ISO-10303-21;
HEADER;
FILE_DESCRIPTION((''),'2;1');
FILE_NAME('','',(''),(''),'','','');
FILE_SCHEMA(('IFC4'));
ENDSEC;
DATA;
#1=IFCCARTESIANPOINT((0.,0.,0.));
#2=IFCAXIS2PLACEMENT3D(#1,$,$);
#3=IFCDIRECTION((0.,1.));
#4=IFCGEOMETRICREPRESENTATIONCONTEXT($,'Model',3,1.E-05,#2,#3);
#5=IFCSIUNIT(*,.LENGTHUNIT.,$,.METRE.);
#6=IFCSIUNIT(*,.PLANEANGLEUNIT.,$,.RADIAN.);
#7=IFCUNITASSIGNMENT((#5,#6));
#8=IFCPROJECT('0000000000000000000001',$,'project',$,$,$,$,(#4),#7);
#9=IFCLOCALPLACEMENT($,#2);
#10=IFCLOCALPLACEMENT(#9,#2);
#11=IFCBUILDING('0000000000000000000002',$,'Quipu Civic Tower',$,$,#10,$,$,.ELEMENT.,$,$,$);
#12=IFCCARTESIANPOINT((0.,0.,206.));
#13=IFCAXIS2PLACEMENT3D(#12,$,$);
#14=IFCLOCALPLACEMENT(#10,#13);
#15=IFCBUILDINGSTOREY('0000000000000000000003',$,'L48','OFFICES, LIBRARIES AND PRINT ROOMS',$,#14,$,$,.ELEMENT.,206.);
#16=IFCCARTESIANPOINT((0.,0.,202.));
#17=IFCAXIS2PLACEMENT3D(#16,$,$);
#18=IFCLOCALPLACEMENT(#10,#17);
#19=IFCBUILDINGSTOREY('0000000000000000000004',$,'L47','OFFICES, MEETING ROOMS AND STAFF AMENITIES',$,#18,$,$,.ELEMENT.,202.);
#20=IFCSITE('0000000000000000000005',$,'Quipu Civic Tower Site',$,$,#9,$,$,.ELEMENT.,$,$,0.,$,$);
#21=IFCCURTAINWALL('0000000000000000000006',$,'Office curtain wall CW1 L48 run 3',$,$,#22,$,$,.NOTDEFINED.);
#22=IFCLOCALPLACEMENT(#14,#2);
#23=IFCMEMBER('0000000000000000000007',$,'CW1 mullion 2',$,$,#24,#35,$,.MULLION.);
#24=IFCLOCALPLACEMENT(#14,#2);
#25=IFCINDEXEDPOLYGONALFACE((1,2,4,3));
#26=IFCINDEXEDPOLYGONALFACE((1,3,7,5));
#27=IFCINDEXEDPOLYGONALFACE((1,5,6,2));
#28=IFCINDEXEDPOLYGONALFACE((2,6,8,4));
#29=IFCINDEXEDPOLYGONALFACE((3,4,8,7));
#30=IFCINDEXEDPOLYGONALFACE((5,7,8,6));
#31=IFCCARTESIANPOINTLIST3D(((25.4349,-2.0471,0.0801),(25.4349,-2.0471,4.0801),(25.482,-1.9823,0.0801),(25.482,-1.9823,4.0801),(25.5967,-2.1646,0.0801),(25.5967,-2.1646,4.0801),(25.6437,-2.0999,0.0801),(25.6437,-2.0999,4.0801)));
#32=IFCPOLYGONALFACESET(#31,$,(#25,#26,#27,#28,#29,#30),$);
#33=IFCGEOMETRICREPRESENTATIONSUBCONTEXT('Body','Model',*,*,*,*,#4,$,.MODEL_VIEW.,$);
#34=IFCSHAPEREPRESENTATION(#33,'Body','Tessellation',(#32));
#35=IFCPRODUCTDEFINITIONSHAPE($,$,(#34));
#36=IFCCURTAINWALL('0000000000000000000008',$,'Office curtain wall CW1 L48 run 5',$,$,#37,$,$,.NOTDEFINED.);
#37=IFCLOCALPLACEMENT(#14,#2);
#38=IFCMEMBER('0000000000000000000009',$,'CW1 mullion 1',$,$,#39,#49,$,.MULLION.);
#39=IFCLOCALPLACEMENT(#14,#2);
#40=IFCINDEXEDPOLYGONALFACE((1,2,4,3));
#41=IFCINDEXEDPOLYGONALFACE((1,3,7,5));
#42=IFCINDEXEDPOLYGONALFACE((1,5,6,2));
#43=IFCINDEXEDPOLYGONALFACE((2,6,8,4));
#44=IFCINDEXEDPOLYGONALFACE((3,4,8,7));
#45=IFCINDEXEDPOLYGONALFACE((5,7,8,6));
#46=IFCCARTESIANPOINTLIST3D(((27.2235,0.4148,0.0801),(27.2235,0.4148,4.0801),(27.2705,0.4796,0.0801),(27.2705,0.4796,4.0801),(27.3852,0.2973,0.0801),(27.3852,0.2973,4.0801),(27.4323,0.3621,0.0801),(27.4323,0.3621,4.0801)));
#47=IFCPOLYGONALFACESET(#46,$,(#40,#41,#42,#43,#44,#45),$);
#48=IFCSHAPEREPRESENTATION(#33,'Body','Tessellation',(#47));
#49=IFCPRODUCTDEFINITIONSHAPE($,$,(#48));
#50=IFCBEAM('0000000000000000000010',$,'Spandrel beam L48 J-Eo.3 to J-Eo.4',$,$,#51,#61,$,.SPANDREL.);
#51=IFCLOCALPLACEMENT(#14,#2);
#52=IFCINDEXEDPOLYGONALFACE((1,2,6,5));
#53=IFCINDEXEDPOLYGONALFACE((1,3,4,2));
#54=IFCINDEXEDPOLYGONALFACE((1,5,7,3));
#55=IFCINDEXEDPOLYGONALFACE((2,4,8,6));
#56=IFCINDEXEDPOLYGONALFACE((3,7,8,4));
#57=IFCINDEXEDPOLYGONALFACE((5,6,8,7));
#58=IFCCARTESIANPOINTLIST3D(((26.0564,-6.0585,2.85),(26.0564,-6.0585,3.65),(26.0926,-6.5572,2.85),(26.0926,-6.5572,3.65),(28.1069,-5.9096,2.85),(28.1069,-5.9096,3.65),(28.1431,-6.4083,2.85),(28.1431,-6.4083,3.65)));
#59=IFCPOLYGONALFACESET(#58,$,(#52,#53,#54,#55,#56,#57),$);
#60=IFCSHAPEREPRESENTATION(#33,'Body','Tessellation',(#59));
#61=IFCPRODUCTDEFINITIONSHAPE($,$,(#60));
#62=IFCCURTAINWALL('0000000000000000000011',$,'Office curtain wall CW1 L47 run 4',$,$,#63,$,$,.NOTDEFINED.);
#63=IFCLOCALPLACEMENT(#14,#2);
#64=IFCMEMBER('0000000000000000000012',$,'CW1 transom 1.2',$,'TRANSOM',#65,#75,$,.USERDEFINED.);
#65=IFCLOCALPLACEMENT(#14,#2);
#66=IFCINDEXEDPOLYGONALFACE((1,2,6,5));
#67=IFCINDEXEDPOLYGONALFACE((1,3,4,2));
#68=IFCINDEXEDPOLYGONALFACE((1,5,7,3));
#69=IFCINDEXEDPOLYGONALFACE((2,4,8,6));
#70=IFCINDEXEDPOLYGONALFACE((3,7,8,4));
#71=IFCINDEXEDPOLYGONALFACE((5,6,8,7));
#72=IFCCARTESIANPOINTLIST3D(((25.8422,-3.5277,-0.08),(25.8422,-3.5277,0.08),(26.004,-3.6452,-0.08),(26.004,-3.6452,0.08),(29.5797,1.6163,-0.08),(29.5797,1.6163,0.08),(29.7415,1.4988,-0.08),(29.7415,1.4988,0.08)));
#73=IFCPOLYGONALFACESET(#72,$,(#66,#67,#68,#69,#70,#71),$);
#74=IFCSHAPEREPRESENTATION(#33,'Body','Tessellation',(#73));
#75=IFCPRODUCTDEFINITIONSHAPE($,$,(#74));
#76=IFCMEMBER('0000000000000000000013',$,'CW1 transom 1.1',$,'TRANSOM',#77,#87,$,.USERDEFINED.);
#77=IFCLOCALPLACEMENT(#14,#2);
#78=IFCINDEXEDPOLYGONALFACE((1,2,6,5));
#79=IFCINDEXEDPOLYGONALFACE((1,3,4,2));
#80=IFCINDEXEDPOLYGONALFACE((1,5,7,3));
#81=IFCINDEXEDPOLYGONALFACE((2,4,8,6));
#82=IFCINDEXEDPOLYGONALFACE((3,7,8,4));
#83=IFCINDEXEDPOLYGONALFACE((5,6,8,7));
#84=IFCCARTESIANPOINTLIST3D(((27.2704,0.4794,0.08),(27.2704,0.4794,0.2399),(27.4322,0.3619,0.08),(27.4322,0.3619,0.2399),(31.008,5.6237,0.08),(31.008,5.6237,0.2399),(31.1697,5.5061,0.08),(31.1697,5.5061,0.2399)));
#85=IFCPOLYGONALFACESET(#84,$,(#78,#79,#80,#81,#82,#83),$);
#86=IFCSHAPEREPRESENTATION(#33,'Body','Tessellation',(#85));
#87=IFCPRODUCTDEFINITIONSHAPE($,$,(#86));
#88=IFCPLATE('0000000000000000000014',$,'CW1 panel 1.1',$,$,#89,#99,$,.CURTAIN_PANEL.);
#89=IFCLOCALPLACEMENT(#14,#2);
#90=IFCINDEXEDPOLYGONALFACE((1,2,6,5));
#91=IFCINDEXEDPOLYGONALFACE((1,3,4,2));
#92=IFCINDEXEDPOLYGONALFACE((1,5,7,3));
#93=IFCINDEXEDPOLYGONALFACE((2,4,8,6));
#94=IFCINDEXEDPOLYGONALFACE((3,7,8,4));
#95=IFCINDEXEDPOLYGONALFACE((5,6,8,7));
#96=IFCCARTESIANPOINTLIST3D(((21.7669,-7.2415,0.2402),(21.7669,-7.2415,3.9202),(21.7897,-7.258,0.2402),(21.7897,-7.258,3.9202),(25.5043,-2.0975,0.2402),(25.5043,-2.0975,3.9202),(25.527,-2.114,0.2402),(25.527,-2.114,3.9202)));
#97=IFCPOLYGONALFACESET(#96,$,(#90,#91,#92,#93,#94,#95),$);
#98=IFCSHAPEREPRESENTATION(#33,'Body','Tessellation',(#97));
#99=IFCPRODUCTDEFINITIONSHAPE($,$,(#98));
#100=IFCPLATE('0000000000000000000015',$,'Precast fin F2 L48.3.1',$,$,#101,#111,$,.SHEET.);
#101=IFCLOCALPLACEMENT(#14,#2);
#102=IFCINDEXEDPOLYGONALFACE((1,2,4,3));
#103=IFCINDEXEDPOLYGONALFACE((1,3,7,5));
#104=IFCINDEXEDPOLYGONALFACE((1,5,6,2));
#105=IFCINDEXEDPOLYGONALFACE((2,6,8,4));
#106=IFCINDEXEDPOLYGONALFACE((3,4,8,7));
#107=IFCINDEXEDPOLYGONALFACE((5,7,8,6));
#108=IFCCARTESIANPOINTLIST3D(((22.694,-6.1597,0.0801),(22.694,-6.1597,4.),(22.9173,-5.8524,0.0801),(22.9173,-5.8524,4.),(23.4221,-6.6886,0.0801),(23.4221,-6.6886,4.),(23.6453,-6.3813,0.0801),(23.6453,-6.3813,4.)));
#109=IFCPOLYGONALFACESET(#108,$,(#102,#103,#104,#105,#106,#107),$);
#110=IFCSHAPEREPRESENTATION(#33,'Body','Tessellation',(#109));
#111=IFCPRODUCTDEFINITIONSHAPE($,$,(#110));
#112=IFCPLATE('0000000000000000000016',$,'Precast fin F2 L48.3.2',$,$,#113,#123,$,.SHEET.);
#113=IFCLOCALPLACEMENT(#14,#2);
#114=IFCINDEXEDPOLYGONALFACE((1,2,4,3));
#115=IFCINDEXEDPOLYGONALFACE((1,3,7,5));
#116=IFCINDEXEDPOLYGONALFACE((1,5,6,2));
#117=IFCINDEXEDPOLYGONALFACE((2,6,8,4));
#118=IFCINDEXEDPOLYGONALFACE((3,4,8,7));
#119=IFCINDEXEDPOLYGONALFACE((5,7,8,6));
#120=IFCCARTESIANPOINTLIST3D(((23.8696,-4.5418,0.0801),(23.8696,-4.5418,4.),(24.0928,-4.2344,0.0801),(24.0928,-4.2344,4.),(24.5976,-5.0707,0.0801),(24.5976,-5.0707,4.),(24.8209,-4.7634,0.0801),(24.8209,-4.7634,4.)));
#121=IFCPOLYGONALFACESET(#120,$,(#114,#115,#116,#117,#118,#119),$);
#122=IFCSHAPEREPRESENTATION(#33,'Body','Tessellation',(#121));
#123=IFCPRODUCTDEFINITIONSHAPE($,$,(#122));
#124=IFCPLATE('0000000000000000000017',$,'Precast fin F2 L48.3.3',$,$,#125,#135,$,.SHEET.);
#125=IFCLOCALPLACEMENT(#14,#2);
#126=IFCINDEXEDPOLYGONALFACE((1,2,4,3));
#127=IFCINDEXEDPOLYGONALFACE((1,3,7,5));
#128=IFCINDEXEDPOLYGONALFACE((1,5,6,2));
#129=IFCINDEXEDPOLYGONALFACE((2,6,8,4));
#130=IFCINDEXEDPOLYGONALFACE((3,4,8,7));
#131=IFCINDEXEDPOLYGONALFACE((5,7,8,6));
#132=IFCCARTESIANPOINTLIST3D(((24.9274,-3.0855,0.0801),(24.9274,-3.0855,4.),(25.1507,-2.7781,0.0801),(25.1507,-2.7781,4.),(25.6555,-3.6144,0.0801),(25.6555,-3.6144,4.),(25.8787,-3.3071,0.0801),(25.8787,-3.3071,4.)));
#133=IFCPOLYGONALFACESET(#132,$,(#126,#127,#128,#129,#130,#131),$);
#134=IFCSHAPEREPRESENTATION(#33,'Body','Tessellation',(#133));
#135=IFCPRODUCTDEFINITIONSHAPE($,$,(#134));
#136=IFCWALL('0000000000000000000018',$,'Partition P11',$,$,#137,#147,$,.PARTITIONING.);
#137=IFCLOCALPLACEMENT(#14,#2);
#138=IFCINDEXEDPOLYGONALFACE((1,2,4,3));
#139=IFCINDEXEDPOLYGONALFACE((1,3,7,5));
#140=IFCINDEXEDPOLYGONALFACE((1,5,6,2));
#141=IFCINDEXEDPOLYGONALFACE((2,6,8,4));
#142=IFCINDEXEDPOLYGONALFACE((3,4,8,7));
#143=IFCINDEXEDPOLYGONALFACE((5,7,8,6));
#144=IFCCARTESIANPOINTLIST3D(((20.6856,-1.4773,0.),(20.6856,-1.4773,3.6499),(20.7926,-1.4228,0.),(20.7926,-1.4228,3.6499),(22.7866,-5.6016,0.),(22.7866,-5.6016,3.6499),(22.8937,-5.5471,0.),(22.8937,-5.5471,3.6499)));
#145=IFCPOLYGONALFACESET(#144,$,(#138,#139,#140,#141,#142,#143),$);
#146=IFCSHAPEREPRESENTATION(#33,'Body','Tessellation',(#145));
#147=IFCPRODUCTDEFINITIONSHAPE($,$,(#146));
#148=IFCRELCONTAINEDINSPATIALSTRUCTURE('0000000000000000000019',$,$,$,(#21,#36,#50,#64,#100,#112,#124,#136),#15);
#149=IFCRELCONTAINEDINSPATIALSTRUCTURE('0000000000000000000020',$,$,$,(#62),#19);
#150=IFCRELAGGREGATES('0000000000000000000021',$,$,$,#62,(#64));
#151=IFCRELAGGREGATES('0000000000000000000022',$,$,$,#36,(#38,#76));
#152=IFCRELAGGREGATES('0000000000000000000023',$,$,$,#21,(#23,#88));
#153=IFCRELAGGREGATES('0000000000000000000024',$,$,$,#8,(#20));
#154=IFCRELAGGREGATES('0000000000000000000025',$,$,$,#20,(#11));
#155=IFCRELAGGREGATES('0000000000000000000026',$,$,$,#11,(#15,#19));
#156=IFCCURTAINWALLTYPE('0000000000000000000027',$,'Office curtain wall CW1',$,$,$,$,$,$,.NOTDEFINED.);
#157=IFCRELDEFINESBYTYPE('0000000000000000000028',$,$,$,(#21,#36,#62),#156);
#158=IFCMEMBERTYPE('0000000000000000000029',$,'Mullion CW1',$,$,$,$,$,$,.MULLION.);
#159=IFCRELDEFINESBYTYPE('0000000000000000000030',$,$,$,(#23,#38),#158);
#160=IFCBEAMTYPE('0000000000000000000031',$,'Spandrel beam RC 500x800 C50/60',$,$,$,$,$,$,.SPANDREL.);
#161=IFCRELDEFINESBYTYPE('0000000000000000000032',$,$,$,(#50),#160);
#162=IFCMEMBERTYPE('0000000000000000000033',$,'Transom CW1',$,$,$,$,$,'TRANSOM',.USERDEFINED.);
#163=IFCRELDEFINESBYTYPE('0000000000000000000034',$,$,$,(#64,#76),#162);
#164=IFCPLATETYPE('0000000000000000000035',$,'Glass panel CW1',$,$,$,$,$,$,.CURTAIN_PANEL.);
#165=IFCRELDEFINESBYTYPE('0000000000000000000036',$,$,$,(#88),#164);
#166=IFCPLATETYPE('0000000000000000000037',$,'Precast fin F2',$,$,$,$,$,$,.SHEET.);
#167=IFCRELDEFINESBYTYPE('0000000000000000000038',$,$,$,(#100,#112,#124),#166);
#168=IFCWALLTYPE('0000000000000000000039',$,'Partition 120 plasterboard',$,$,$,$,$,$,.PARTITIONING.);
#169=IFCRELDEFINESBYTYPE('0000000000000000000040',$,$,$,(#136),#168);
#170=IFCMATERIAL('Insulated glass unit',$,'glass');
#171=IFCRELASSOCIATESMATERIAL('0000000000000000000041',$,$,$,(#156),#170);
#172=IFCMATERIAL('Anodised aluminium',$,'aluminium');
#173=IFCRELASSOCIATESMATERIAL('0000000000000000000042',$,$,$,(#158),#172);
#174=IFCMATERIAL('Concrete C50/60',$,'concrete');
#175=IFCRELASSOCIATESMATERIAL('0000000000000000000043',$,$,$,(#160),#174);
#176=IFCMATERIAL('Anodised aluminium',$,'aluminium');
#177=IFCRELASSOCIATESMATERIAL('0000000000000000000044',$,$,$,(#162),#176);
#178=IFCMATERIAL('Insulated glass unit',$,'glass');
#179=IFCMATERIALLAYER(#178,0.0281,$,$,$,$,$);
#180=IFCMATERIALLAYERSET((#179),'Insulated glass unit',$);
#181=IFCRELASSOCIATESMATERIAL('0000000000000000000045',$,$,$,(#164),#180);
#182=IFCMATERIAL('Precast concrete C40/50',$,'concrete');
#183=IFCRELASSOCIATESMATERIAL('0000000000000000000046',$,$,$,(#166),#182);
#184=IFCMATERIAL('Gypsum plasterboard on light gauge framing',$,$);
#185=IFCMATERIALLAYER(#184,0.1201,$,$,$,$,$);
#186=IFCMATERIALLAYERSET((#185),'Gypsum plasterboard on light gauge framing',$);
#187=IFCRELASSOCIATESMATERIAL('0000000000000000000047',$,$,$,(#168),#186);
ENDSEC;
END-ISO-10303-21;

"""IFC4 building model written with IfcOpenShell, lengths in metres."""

from ifc_helpers import new_model, si_unit, direction, frame, frame_2d, origin, origin_2d, place, context, subcontext, project, spatial, rectangle, extrude, material, layer, layer_set, material_profile, profile_set, type_object, element, aggregate, save


model = new_model("IFC4")

# Units and contexts
model_context = context("Model", 3, precision=1e-05, world=origin(), true_north=direction((0.0, 1.0)))
body_context = subcontext(model_context, "Body", "Model", "MODEL_VIEW")
ifc_project = project(units=[si_unit("LENGTHUNIT", "METRE"), si_unit("PLANEANGLEUNIT", "RADIAN")], contexts=[model_context])

# Site, building, storey
site_placement = place(None, origin())
site = spatial("IfcSite", under=ifc_project, at=site_placement, Name="Quipu Civic Tower Site", CompositionType="ELEMENT", RefElevation=0.0)
building_placement = place(site_placement, origin())
building = spatial("IfcBuilding", under=site, at=building_placement, Name="Quipu Civic Tower", CompositionType="ELEMENT")
storey_1_placement = place(building_placement, frame((0.0, 0.0, 206.0)))
storey_1 = spatial("IfcBuildingStorey", under=building, at=storey_1_placement, Name="L48", Description="OFFICES, LIBRARIES AND PRINT ROOMS", CompositionType="ELEMENT", Elevation=206.0)

# Curtain walls, members
ifc_material_1 = material(Name="Insulated glass unit", Category="glass")
curtain_wall_type = type_object("IfcCurtainWallType", Name="Office curtain wall CW1", PredefinedType="NOTDEFINED", material=ifc_material_1)
curtain_wall_1_placement = place(storey_1_placement, origin())
curtain_wall_1 = element("IfcCurtainWall", 1, at=curtain_wall_1_placement, inside=storey_1, type_object=curtain_wall_type, Name="Office curtain wall CW1 L48 run 3", PredefinedType="NOTDEFINED")
ifc_material_2 = material(Name="Anodised aluminium", Category="aluminium")
ifc_material_profile_1 = material_profile(ifc_material_2, rectangle(XDim=0.2, YDim=0.0801, at=origin_2d()), Name="RECT 200x80")
ifc_profile_set_1 = profile_set([ifc_material_profile_1], Name="Anodised aluminium")
member_type_1 = type_object("IfcMemberType", Name="Mullion CW1", PredefinedType="MULLION", material=ifc_profile_set_1)
member_1_placement = place(storey_1_placement, frame((25.5393, -2.0735, 0.0801), z_axis=(0.0, 0.0, 1.0), x_axis=(-0.809019, 0.587783, 0.0)))
member_1 = element("IfcMember", 2, at=member_1_placement, type_object=member_type_1, Name="CW1 mullion 2", PredefinedType="MULLION", context=body_context, shape_type="SweptSolid", body=[
    extrude(rectangle(XDim=0.2, YDim=0.0801, at=origin_2d()), origin(), (0.0, 0.0, 1.0), 4.0),
])
curtain_wall_2_placement = place(storey_1_placement, origin())
curtain_wall_2 = element("IfcCurtainWall", 3, at=curtain_wall_2_placement, inside=storey_1, type_object=curtain_wall_type, Name="Office curtain wall CW1 L48 run 5", PredefinedType="NOTDEFINED")
member_2_placement = place(storey_1_placement, frame((27.3279, 0.3884, 0.0801), z_axis=(0.0, 0.0, 1.0), x_axis=(-0.809022, 0.587778, 0.0)))
member_2 = element("IfcMember", 4, at=member_2_placement, type_object=member_type_1, Name="CW1 mullion 1", PredefinedType="MULLION", context=body_context, shape_type="SweptSolid", body=[
    extrude(rectangle(XDim=0.2, YDim=0.0801, at=origin_2d()), origin(), (0.0, 0.0, 1.0), 4.0),
])

# Beam
ifc_material_3 = material(Name="Concrete C50/60", Category="concrete")
ifc_material_profile_2 = material_profile(ifc_material_3, rectangle(XDim=0.5, YDim=0.8, at=origin_2d()), Name="RC500x800")
ifc_profile_set_2 = profile_set([ifc_material_profile_2], Name="Concrete C50/60")
beam_type = type_object("IfcBeamType", Name="Spandrel beam RC 500x800 C50/60", PredefinedType="SPANDREL", material=ifc_profile_set_2)
beam_placement = place(storey_1_placement, frame((26.0745, -6.3079, 3.25), z_axis=(0.997373, 0.072437, 0.0), x_axis=(-0.072437, 0.997373, 0.0)))
element("IfcBeam", 5, at=beam_placement, inside=storey_1, type_object=beam_type, Name="Spandrel beam L48 J-Eo.3 to J-Eo.4", PredefinedType="SPANDREL", context=body_context, shape_type="SweptSolid", body=[
    extrude(rectangle(XDim=0.5, YDim=0.8, at=origin_2d()), origin(), (0.0, 0.0, 1.0), 2.0559),
])

# Shared definitions
storey_2_placement = place(building_placement, frame((0.0, 0.0, 202.0)))
storey_2 = spatial("IfcBuildingStorey", under=building, at=storey_2_placement, Name="L47", Description="OFFICES, MEETING ROOMS AND STAFF AMENITIES", CompositionType="ELEMENT", Elevation=202.0)

# Curtain wall, member
curtain_wall_3_placement = place(storey_2_placement, origin())
curtain_wall_3 = element("IfcCurtainWall", 6, at=curtain_wall_3_placement, inside=storey_2, type_object=curtain_wall_type, Name="Office curtain wall CW1 L47 run 4", PredefinedType="NOTDEFINED")
ifc_material_4 = material(Name="Anodised aluminium", Category="aluminium")
ifc_material_profile_3 = material_profile(ifc_material_4, rectangle(XDim=0.2, YDim=0.1599, at=origin_2d()), Name="RECT 200x160")
ifc_profile_set_3 = profile_set([ifc_material_profile_3], Name="Anodised aluminium")
member_type_2 = type_object("IfcMemberType", Name="Transom CW1", ElementType="TRANSOM", PredefinedType="USERDEFINED", material=ifc_profile_set_3)
member_3_placement = place(storey_1_placement, frame((25.9231, -3.5864, 0.0), z_axis=(0.587804, 0.809003, 0.0), x_axis=(-0.809003, 0.587804, 0.0)))
member_3 = element("IfcMember", 7, at=member_3_placement, inside=storey_1, type_object=member_type_2, Name="CW1 transom 1.2", ObjectType="TRANSOM", PredefinedType="USERDEFINED", context=body_context, shape_type="SweptSolid", body=[
    extrude(rectangle(XDim=0.2, YDim=0.1599, at=origin_2d()), origin(), (0.0, 0.0, 1.0), 6.3584),
])
aggregate(curtain_wall_3, [member_3])

# Member
member_4_placement = place(storey_1_placement, frame((27.3513, 0.4207, 0.1599), z_axis=(0.587786, 0.809017, 0.0), x_axis=(-0.809017, 0.587786, 0.0)))
member_4 = element("IfcMember", 8, at=member_4_placement, type_object=member_type_2, Name="CW1 transom 1.1", ObjectType="TRANSOM", PredefinedType="USERDEFINED", context=body_context, shape_type="SweptSolid", body=[
    extrude(rectangle(XDim=0.2, YDim=0.1599, at=origin_2d()), origin(), (0.0, 0.0, 1.0), 6.3586),
])
aggregate(curtain_wall_2, [member_2, member_4])

# Plate
ifc_material_5 = material(Name="Insulated glass unit", Category="glass")
ifc_layer_1 = layer(ifc_material_5, 0.0281)
ifc_layer_set_1 = layer_set([ifc_layer_1], Name="Insulated glass unit")
plate_type_1 = type_object("IfcPlateType", Name="Glass panel CW1", PredefinedType="CURTAIN_PANEL", material=ifc_layer_set_1)
plate_placement = place(storey_1_placement, frame((23.647, -4.6777, 0.2402), z_axis=(0.0, 0.0, 1.0), x_axis=(0.587783, 0.809019, 0.0)))
plate = element("IfcPlate", 9, at=plate_placement, type_object=plate_type_1, Name="CW1 panel 1.1", PredefinedType="CURTAIN_PANEL", context=body_context, shape_type="SweptSolid", body=[
    extrude(rectangle(XDim=6.3584, YDim=0.0281, at=origin_2d()), origin(), (0.0, 0.0, 1.0), 3.6799),
])
aggregate(curtain_wall_1, [member_1, plate])

# Plates
ifc_material_6 = material(Name="Precast concrete C40/50", Category="concrete")
plate_type_2 = type_object("IfcPlateType", Name="Precast fin F2", PredefinedType="SHEET", material=ifc_material_6)
for number, where, z_axis, x_axis, name in (
    (10, (23.1697, -6.2705, 0.0801), (0.0, 0.0, 1.0), (0.587784, 0.809018, 0.0), "Precast fin F2 L48.3.1"),
    (11, (24.3452, -4.6526, 0.0801), (0.0, 0.0, 1.0), (0.587784, 0.809018, 0.0), "Precast fin F2 L48.3.2"),
    (12, (25.4031, -3.1963, 0.0801), (0.0, 0.0, 1.0), (0.587784, 0.809018, 0.0), "Precast fin F2 L48.3.3"),
):
    element("IfcPlate", number, at=place(storey_1_placement, frame(where, z_axis=z_axis, x_axis=x_axis)), inside=storey_1, type_object=plate_type_2, Name=name, PredefinedType="SHEET", context=body_context, shape_type="SweptSolid", body=[
        extrude(rectangle(XDim=0.3799, YDim=0.8999, at=origin_2d()), origin(), (0.0, 0.0, 1.0), 3.9199),
    ])

# Wall
ifc_material_7 = material(Name="Gypsum plasterboard on light gauge framing")
ifc_layer_2 = layer(ifc_material_7, 0.1201)
ifc_layer_set_2 = layer_set([ifc_layer_2], Name="Gypsum plasterboard on light gauge framing")
wall_type_1 = type_object("IfcWallType", Name="Partition 120 plasterboard", PredefinedType="PARTITIONING", material=ifc_layer_set_2)
wall_1_placement = place(storey_1_placement, frame((20.739, -1.45, 0.0), z_axis=(0.0, 0.0, 1.0), x_axis=(0.453931, -0.891037, 0.0)))
element("IfcWall", 13, at=wall_1_placement, inside=storey_1, type_object=wall_type_1, Name="Partition P11", PredefinedType="PARTITIONING", context=body_context, shape_type="SweptSolid", body=[
    extrude(rectangle(XDim=4.6287, YDim=0.1201, at=frame_2d((2.3145, 0.0))), origin(), (0.0, 0.0, 1.0), 3.6499),
])

save(model, "model.ifc")
